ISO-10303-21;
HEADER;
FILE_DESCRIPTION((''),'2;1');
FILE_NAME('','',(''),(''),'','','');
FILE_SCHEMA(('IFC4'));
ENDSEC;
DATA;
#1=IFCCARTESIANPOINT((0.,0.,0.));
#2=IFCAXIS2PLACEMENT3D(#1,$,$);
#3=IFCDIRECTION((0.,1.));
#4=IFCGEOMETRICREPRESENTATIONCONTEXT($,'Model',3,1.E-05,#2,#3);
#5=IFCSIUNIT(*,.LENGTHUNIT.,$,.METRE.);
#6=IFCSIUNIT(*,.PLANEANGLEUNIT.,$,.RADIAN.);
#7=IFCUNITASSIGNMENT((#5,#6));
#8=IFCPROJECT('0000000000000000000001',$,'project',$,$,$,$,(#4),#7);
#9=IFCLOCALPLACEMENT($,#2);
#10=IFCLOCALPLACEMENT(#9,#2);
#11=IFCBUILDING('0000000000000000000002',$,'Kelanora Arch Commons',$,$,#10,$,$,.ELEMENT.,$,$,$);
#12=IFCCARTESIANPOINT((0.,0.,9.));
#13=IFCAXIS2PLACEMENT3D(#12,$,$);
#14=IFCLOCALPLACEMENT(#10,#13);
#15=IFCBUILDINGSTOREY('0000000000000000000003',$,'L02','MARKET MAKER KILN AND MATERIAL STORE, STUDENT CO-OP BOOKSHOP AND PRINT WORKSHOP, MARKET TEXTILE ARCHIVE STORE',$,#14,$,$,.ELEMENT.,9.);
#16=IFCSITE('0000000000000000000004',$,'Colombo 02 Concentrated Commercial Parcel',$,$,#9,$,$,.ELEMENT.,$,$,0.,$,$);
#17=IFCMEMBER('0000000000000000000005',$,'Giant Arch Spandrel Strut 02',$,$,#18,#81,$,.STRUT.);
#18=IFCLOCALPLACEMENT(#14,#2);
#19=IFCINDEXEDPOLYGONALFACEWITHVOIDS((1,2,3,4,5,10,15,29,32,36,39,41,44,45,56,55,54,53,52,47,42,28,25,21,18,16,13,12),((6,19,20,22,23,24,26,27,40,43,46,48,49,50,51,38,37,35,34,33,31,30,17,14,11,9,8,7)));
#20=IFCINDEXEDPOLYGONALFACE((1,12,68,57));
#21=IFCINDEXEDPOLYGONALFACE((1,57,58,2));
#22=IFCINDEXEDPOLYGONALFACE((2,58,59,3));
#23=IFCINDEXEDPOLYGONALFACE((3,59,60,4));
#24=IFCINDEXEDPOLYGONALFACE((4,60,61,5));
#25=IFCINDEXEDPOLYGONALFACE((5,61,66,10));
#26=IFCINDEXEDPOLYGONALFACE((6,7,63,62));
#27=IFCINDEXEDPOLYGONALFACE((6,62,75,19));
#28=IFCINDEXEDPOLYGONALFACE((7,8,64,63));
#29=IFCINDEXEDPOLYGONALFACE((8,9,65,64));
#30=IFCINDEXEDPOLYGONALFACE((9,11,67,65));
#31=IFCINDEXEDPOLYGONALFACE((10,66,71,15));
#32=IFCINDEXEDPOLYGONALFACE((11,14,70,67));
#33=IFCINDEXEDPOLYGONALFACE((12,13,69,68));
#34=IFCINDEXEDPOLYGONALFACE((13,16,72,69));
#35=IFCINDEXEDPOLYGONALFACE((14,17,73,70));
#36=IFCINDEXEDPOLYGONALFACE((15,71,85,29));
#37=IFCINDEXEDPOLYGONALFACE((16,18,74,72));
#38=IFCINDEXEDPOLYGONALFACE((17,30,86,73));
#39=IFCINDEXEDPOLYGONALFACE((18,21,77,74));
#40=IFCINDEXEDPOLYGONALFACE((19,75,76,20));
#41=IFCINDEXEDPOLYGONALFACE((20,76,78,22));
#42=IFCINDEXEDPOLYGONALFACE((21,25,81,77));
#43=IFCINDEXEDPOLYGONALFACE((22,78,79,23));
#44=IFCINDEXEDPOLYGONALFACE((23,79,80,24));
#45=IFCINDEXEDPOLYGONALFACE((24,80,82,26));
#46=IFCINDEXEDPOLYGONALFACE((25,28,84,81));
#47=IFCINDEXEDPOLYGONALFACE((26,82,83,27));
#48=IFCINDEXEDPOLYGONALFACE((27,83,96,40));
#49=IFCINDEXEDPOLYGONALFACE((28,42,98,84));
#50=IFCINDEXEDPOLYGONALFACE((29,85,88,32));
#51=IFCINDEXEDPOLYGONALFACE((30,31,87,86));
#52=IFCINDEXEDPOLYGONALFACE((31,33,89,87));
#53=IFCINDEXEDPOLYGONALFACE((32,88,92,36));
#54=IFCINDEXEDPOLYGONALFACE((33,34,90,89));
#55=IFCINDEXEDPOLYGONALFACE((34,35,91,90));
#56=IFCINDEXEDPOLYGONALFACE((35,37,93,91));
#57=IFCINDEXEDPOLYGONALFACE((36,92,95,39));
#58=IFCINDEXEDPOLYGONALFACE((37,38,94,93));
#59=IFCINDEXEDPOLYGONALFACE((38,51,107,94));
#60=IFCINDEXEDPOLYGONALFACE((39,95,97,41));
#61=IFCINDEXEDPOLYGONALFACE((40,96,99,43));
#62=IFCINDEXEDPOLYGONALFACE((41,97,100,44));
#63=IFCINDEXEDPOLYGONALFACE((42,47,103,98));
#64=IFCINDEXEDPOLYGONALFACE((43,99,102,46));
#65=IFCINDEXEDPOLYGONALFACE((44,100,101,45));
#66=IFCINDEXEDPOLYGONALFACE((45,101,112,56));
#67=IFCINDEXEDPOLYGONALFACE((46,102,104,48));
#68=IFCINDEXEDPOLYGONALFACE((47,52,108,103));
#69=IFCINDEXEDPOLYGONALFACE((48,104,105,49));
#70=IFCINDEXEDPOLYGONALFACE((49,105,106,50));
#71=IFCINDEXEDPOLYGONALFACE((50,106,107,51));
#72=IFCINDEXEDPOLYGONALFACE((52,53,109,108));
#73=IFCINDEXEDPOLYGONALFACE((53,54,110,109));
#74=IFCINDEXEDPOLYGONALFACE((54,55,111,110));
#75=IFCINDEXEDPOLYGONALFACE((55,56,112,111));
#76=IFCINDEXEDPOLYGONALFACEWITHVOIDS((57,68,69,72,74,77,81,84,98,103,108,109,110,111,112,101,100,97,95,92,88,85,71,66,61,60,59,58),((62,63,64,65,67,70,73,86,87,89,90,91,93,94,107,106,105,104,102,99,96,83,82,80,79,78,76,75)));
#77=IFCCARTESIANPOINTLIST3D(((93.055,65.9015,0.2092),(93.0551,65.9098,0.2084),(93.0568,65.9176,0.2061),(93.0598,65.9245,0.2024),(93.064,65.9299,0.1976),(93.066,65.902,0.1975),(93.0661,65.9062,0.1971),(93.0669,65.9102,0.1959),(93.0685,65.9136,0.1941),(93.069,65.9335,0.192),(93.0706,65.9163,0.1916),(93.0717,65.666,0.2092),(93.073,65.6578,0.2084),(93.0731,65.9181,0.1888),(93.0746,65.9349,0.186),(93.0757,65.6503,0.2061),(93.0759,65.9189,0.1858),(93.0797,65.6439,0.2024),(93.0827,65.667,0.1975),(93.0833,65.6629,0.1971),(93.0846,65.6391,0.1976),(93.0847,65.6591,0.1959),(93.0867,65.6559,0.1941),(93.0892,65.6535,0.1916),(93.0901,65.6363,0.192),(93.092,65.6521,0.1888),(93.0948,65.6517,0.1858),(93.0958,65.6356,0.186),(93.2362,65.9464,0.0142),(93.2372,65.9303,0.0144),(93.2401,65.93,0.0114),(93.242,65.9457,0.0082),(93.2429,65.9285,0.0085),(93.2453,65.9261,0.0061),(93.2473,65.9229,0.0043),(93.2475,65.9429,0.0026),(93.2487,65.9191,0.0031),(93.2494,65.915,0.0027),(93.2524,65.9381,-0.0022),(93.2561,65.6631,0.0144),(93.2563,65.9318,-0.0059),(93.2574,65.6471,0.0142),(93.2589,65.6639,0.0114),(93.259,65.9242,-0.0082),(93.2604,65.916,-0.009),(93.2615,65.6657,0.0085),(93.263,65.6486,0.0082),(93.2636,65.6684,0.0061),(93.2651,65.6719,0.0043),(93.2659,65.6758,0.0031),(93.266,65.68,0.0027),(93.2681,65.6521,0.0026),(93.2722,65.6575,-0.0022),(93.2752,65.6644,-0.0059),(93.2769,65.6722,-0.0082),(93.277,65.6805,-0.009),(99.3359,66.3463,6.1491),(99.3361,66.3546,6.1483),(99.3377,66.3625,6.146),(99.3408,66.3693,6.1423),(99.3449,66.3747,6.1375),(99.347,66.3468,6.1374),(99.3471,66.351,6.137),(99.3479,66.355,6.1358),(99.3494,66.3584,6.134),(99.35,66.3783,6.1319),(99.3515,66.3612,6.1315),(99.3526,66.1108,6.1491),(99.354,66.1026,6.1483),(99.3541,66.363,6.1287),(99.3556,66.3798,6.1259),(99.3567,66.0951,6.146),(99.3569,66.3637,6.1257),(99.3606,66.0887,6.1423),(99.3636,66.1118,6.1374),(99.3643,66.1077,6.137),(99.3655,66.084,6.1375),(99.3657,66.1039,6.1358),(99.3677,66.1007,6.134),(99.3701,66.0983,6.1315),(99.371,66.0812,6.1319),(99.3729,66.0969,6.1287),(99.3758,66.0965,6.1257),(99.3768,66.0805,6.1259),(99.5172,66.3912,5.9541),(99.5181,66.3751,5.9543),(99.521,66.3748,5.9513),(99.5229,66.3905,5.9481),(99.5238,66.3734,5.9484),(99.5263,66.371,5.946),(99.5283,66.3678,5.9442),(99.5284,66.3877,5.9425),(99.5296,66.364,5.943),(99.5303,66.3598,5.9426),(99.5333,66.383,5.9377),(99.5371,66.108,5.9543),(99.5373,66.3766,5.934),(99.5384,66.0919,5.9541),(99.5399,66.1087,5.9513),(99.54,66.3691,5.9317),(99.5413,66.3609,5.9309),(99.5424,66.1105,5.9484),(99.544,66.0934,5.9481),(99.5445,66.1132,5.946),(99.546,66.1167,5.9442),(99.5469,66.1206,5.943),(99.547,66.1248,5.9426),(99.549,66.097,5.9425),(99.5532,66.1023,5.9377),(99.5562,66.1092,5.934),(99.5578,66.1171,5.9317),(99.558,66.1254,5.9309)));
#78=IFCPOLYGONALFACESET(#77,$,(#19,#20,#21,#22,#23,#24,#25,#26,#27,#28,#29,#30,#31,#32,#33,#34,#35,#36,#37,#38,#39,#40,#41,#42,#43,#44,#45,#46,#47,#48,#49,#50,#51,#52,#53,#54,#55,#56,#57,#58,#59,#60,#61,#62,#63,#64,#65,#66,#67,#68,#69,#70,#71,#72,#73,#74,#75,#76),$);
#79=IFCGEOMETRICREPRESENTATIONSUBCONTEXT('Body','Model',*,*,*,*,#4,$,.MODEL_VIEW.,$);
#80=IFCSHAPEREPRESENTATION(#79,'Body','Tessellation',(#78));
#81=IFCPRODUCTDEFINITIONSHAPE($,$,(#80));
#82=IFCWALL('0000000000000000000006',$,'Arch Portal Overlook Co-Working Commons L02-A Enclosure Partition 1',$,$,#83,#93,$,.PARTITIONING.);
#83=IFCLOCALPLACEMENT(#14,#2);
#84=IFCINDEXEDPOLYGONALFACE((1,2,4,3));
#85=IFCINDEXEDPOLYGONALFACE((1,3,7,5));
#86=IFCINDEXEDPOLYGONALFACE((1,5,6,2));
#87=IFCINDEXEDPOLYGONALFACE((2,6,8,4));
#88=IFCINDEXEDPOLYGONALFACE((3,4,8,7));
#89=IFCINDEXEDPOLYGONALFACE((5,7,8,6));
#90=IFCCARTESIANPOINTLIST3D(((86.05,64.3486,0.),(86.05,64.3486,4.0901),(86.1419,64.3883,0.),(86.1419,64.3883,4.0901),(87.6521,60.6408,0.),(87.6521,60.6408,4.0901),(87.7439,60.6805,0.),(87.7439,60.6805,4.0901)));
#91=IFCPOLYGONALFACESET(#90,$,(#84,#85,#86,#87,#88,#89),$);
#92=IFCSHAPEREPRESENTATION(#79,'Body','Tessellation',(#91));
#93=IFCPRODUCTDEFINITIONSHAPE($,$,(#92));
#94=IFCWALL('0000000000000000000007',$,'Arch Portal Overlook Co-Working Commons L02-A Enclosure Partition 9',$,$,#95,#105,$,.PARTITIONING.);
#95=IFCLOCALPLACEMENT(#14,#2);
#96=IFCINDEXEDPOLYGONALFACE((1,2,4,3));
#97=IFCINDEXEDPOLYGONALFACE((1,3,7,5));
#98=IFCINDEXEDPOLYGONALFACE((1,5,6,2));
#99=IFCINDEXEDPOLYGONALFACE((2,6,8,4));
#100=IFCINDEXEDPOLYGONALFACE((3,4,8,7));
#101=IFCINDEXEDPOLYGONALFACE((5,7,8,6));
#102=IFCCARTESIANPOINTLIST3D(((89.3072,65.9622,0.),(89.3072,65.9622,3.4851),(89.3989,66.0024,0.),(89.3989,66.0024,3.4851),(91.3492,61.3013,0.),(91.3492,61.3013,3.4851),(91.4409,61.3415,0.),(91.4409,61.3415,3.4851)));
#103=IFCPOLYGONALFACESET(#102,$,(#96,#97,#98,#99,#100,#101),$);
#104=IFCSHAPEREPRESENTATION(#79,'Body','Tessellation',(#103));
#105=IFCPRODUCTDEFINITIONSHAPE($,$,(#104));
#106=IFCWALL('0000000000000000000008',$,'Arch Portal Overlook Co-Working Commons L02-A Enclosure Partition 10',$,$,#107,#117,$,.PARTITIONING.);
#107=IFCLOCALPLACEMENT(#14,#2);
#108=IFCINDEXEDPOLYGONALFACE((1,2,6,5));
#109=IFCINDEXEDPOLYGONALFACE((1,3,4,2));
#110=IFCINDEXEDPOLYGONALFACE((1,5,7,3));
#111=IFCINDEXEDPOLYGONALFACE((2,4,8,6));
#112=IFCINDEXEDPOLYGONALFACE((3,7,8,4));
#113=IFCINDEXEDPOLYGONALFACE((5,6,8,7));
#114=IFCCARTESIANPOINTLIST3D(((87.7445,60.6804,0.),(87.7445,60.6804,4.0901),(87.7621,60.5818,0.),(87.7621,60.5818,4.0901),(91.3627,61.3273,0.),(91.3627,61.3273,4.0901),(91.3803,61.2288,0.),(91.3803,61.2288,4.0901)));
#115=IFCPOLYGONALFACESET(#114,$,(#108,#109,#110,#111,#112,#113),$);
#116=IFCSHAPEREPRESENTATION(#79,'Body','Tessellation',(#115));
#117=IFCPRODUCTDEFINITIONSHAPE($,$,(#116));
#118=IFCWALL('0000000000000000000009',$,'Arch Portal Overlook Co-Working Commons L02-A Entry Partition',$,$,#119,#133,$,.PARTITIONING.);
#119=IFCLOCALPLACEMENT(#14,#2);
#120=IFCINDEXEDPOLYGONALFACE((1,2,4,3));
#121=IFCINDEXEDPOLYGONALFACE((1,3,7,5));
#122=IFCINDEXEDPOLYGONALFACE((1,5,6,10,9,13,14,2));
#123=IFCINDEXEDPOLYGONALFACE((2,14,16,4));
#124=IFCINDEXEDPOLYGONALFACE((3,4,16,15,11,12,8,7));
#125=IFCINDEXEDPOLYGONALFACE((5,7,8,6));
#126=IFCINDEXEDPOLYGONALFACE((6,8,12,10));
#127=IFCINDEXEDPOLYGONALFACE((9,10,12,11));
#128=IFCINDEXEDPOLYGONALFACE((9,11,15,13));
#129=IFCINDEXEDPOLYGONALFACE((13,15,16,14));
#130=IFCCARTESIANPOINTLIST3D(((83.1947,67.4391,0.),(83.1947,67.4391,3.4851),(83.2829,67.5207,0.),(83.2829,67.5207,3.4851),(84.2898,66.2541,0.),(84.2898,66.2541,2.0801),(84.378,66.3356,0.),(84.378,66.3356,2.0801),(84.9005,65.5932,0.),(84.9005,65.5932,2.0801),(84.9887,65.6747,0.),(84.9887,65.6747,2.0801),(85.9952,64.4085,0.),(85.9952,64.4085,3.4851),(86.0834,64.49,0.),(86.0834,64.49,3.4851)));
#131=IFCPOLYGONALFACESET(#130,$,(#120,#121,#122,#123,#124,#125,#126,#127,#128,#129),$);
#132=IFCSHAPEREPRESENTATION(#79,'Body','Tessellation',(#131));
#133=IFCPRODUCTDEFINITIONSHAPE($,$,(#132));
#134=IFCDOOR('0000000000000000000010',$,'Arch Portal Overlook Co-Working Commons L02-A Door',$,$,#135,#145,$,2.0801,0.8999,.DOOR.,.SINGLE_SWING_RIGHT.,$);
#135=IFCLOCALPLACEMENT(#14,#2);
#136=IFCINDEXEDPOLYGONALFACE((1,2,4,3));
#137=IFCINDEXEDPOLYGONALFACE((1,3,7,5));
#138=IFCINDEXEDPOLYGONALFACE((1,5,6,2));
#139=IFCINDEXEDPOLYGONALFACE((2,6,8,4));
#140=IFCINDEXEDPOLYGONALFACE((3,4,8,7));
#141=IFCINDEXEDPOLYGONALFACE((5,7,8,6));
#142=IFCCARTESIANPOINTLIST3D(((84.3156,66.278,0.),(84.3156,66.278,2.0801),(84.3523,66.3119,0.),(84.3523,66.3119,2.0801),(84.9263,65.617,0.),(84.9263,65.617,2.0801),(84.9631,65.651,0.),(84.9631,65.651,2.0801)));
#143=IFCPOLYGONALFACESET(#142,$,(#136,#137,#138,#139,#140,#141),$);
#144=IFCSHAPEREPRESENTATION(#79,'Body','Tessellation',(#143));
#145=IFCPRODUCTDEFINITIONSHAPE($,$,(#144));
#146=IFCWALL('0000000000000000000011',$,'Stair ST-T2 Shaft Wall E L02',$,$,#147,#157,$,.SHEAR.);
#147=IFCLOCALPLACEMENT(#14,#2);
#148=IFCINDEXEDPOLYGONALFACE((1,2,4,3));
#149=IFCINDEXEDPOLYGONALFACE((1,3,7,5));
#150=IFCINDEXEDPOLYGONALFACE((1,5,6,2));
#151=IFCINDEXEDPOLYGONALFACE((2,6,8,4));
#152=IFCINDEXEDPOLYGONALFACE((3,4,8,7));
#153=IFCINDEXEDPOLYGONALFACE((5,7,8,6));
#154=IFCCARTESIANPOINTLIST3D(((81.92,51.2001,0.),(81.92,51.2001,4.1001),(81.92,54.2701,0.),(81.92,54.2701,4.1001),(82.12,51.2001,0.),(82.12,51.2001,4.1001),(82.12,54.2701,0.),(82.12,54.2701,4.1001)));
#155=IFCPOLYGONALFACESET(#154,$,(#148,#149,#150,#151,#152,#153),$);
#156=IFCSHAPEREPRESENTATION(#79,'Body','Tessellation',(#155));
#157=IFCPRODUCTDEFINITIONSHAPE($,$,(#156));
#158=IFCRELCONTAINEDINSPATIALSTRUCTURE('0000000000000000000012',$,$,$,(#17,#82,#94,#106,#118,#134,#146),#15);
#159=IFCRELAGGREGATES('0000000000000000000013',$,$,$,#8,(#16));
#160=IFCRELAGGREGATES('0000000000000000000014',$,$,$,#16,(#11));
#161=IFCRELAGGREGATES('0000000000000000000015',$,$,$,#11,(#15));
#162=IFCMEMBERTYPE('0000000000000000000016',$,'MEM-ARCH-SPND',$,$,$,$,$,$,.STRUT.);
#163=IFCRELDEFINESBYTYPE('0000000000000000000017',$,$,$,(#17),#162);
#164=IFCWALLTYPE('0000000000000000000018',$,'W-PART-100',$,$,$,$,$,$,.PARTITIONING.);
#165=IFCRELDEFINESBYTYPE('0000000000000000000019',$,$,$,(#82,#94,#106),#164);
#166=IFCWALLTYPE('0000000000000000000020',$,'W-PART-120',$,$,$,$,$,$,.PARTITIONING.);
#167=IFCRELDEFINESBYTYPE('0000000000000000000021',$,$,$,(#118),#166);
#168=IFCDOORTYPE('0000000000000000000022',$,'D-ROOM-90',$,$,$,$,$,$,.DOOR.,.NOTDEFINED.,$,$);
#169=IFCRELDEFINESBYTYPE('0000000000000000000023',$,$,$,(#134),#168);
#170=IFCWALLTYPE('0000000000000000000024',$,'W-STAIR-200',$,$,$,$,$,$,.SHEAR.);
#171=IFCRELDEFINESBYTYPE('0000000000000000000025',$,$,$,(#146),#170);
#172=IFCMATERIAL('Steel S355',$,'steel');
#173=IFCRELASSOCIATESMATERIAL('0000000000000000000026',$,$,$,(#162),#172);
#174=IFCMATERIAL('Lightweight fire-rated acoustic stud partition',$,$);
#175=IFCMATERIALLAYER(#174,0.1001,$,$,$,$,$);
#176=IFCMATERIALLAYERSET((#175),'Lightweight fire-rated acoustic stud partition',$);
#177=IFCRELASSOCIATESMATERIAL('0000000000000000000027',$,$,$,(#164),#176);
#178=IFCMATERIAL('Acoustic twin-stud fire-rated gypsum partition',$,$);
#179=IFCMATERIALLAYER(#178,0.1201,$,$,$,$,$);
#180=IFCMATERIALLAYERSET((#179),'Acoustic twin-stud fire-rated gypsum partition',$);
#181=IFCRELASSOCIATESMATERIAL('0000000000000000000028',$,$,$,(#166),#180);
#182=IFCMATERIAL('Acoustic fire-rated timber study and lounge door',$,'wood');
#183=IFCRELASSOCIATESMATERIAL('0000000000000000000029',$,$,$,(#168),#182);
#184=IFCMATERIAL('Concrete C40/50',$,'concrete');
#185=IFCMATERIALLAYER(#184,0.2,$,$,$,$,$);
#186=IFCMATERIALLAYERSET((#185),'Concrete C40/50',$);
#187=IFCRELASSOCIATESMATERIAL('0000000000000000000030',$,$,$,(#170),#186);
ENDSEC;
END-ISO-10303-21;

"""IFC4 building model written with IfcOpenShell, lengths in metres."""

from ifc_helpers import new_model, si_unit, direction, frame, frame_2d, origin, origin_2d, place, context, subcontext, project, spatial, rectangle, hollow_rectangle, extrude, material, layer, layer_set, material_profile, profile_set, type_object, element, fill, save


model = new_model("IFC4")

# Units and contexts
model_context = context("Model", 3, precision=1e-05, world=origin(), true_north=direction((0.0, 1.0)))
body_context = subcontext(model_context, "Body", "Model", "MODEL_VIEW")
ifc_project = project(units=[si_unit("LENGTHUNIT", "METRE"), si_unit("PLANEANGLEUNIT", "RADIAN")], contexts=[model_context])

# Site, building, storey
site_placement = place(None, origin())
site = spatial("IfcSite", under=ifc_project, at=site_placement, Name="Colombo 02 Concentrated Commercial Parcel", CompositionType="ELEMENT", RefElevation=0.0)
building_placement = place(site_placement, origin())
building = spatial("IfcBuilding", under=site, at=building_placement, Name="Kelanora Arch Commons", CompositionType="ELEMENT")
storey_placement = place(building_placement, frame((0.0, 0.0, 9.0)))
storey = spatial("IfcBuildingStorey", under=building, at=storey_placement, Name="L02", Description="MARKET MAKER KILN AND MATERIAL STORE, STUDENT CO-OP BOOKSHOP AND PRINT WORKSHOP, MARKET TEXTILE ARCHIVE STORE", CompositionType="ELEMENT", Elevation=9.0)

# Shared definitions
ifc_material_1 = material(Name="Steel S355", Category="steel")

# Member
ifc_material_profile_1 = material_profile(ifc_material_1, hollow_rectangle(XDim=0.3, YDim=0.3, WallThickness=0.0161, InnerFilletRadius=0.0161, OuterFilletRadius=0.032, at=origin_2d()), Name="SHS300x300x16")
ifc_profile_set_1 = profile_set([ifc_material_profile_1], Name="Steel S355")
member_type = type_object("IfcMemberType", Name="MEM-ARCH-SPND", PredefinedType="STRUT", material=ifc_profile_set_1)
member_placement = place(storey_placement, frame((93.166, 65.791, 0.1001), z_axis=(0.725598, 0.051387, 0.686197), x_axis=(-0.070644, 0.997502, 0.0)))
element("IfcMember", 1, at=member_placement, inside=storey, type_object=member_type, Name="Giant Arch Spandrel Strut 02", PredefinedType="STRUT", context=body_context, shape_type="SweptSolid", body=[
    extrude(hollow_rectangle(XDim=0.3, YDim=0.3, WallThickness=0.0161, InnerFilletRadius=0.0161, OuterFilletRadius=0.032, at=origin_2d()), origin(), (0.0, 0.0, 1.0), 8.6562),
])

# Walls
ifc_material_2 = material(Name="Lightweight fire-rated acoustic stud partition")
ifc_layer_1 = layer(ifc_material_2, 0.1001)
ifc_layer_set_1 = layer_set([ifc_layer_1], Name="Lightweight fire-rated acoustic stud partition")
wall_type_1 = type_object("IfcWallType", Name="W-PART-100", PredefinedType="PARTITIONING", material=ifc_layer_set_1)
wall_1_placement = place(storey_placement, frame((87.698, 60.6606, 0.0), z_axis=(0.0, 0.0, 1.0), x_axis=(-0.396639, 0.917975, 0.0)))
element("IfcWall", 2, at=wall_1_placement, inside=storey, type_object=wall_type_1, Name="Arch Portal Overlook Co-Working Commons L02-A Enclosure Partition 1", PredefinedType="PARTITIONING", context=body_context, shape_type="SweptSolid", body=[
    extrude(rectangle(XDim=4.0391, YDim=0.1001, at=frame_2d((2.0195, 0.0))), origin(), (0.0, 0.0, 1.0), 4.0901),
])
wall_2_placement = place(storey_placement, frame((89.353, 65.9824, 0.0), z_axis=(0.0, 0.0, 1.0), x_axis=(0.401289, -0.915951, 0.0)))
element("IfcWall", 3, at=wall_2_placement, inside=storey, type_object=wall_type_1, Name="Arch Portal Overlook Co-Working Commons L02-A Enclosure Partition 9", PredefinedType="PARTITIONING", context=body_context, shape_type="SweptSolid", body=[
    extrude(rectangle(XDim=5.0886, YDim=0.1001, at=frame_2d((2.5444, 0.0))), origin(), (0.0, 0.0, 1.0), 3.4851),
])
wall_3_placement = place(storey_placement, frame((91.3716, 61.2781, 0.0), z_axis=(0.0, 0.0, 1.0), x_axis=(-0.984386, -0.176021, 0.0)))
element("IfcWall", 4, at=wall_3_placement, inside=storey, type_object=wall_type_1, Name="Arch Portal Overlook Co-Working Commons L02-A Enclosure Partition 10", PredefinedType="PARTITIONING", context=body_context, shape_type="SweptSolid", body=[
    extrude(rectangle(XDim=3.6755, YDim=0.1001, at=frame_2d((1.8379, 0.0))), origin(), (0.0, 0.0, 1.0), 4.0901),
])

# Wall, opening, door
ifc_material_3 = material(Name="Acoustic twin-stud fire-rated gypsum partition")
ifc_layer_2 = layer(ifc_material_3, 0.1201)
ifc_layer_set_2 = layer_set([ifc_layer_2], Name="Acoustic twin-stud fire-rated gypsum partition")
wall_type_2 = type_object("IfcWallType", Name="W-PART-120", PredefinedType="PARTITIONING", material=ifc_layer_set_2)
wall_4_placement = place(storey_placement, frame((86.0393, 64.4492, 0.0), z_axis=(0.0, 0.0, 1.0), x_axis=(-0.678661, 0.734452, 0.0)))
wall_4 = element("IfcWall", 5, at=wall_4_placement, inside=storey, type_object=wall_type_2, Name="Arch Portal Overlook Co-Working Commons L02-A Entry Partition", PredefinedType="PARTITIONING", context=body_context, shape_type="SweptSolid", body=[
    extrude(rectangle(XDim=4.1265, YDim=0.1201, at=frame_2d((2.0632, 0.0))), origin(), (0.0, 0.0, 1.0), 3.4851),
])
opening_1_placement = place(wall_4_placement, frame((1.613, 0.0, 0.0)))
opening_1 = element("IfcOpeningElement", 6, at=opening_1_placement, cuts=wall_4, PredefinedType="OPENING", context=body_context, shape_type="SweptSolid", body=[
    extrude(rectangle(XDim=0.8999, YDim=2.0801, at=frame_2d((0.45, 1.04))), frame((0.0, 0.0701, 0.0), z_axis=(0.0, -1.0, 0.0), x_axis=(1.0, 0.0, 0.0)), (0.0, 0.0, 1.0), 0.1401),
])
ifc_material_4 = material(Name="Acoustic fire-rated timber study and lounge door", Category="wood")
door_type_1 = type_object("IfcDoorType", Name="D-ROOM-90", OperationType="NOTDEFINED", PredefinedType="DOOR", material=ifc_material_4)
door_1_placement = place(opening_1_placement, origin())
door_1 = element("IfcDoor", 7, at=door_1_placement, inside=storey, type_object=door_type_1, Name="Arch Portal Overlook Co-Working Commons L02-A Door", OperationType="SINGLE_SWING_RIGHT", OverallHeight=2.0801, OverallWidth=0.8999, PredefinedType="DOOR", context=body_context, shape_type="SweptSolid", body=[
    extrude(rectangle(XDim=0.8999, YDim=2.0801, at=frame_2d((0.45, 1.04))), frame((0.0, 0.0249, 0.0), z_axis=(0.0, -1.0, 0.0), x_axis=(1.0, 0.0, 0.0)), (0.0, 0.0, 1.0), 0.05),
])
fill(opening_1, door_1)

# Wall
ifc_material_5 = material(Name="Concrete C40/50", Category="concrete")
ifc_layer_3 = layer(ifc_material_5, 0.2)
ifc_layer_set_3 = layer_set([ifc_layer_3], Name="Concrete C40/50")
wall_type_3 = type_object("IfcWallType", Name="W-STAIR-200", PredefinedType="SHEAR", material=ifc_layer_set_3)
wall_5_placement = place(storey_placement, frame((82.02, 51.2, 0.0), z_axis=(0.0, 0.0, 1.0), x_axis=(0.0, 1.0, 0.0)))
element("IfcWall", 8, at=wall_5_placement, inside=storey, type_object=wall_type_3, Name="Stair ST-T2 Shaft Wall E L02", PredefinedType="SHEAR", context=body_context, shape_type="SweptSolid", body=[
    extrude(rectangle(XDim=3.0701, YDim=0.2, at=frame_2d((1.5352, 0.0))), origin(), (0.0, 0.0, 1.0), 4.1001),
])

save(model, "model.ifc")
